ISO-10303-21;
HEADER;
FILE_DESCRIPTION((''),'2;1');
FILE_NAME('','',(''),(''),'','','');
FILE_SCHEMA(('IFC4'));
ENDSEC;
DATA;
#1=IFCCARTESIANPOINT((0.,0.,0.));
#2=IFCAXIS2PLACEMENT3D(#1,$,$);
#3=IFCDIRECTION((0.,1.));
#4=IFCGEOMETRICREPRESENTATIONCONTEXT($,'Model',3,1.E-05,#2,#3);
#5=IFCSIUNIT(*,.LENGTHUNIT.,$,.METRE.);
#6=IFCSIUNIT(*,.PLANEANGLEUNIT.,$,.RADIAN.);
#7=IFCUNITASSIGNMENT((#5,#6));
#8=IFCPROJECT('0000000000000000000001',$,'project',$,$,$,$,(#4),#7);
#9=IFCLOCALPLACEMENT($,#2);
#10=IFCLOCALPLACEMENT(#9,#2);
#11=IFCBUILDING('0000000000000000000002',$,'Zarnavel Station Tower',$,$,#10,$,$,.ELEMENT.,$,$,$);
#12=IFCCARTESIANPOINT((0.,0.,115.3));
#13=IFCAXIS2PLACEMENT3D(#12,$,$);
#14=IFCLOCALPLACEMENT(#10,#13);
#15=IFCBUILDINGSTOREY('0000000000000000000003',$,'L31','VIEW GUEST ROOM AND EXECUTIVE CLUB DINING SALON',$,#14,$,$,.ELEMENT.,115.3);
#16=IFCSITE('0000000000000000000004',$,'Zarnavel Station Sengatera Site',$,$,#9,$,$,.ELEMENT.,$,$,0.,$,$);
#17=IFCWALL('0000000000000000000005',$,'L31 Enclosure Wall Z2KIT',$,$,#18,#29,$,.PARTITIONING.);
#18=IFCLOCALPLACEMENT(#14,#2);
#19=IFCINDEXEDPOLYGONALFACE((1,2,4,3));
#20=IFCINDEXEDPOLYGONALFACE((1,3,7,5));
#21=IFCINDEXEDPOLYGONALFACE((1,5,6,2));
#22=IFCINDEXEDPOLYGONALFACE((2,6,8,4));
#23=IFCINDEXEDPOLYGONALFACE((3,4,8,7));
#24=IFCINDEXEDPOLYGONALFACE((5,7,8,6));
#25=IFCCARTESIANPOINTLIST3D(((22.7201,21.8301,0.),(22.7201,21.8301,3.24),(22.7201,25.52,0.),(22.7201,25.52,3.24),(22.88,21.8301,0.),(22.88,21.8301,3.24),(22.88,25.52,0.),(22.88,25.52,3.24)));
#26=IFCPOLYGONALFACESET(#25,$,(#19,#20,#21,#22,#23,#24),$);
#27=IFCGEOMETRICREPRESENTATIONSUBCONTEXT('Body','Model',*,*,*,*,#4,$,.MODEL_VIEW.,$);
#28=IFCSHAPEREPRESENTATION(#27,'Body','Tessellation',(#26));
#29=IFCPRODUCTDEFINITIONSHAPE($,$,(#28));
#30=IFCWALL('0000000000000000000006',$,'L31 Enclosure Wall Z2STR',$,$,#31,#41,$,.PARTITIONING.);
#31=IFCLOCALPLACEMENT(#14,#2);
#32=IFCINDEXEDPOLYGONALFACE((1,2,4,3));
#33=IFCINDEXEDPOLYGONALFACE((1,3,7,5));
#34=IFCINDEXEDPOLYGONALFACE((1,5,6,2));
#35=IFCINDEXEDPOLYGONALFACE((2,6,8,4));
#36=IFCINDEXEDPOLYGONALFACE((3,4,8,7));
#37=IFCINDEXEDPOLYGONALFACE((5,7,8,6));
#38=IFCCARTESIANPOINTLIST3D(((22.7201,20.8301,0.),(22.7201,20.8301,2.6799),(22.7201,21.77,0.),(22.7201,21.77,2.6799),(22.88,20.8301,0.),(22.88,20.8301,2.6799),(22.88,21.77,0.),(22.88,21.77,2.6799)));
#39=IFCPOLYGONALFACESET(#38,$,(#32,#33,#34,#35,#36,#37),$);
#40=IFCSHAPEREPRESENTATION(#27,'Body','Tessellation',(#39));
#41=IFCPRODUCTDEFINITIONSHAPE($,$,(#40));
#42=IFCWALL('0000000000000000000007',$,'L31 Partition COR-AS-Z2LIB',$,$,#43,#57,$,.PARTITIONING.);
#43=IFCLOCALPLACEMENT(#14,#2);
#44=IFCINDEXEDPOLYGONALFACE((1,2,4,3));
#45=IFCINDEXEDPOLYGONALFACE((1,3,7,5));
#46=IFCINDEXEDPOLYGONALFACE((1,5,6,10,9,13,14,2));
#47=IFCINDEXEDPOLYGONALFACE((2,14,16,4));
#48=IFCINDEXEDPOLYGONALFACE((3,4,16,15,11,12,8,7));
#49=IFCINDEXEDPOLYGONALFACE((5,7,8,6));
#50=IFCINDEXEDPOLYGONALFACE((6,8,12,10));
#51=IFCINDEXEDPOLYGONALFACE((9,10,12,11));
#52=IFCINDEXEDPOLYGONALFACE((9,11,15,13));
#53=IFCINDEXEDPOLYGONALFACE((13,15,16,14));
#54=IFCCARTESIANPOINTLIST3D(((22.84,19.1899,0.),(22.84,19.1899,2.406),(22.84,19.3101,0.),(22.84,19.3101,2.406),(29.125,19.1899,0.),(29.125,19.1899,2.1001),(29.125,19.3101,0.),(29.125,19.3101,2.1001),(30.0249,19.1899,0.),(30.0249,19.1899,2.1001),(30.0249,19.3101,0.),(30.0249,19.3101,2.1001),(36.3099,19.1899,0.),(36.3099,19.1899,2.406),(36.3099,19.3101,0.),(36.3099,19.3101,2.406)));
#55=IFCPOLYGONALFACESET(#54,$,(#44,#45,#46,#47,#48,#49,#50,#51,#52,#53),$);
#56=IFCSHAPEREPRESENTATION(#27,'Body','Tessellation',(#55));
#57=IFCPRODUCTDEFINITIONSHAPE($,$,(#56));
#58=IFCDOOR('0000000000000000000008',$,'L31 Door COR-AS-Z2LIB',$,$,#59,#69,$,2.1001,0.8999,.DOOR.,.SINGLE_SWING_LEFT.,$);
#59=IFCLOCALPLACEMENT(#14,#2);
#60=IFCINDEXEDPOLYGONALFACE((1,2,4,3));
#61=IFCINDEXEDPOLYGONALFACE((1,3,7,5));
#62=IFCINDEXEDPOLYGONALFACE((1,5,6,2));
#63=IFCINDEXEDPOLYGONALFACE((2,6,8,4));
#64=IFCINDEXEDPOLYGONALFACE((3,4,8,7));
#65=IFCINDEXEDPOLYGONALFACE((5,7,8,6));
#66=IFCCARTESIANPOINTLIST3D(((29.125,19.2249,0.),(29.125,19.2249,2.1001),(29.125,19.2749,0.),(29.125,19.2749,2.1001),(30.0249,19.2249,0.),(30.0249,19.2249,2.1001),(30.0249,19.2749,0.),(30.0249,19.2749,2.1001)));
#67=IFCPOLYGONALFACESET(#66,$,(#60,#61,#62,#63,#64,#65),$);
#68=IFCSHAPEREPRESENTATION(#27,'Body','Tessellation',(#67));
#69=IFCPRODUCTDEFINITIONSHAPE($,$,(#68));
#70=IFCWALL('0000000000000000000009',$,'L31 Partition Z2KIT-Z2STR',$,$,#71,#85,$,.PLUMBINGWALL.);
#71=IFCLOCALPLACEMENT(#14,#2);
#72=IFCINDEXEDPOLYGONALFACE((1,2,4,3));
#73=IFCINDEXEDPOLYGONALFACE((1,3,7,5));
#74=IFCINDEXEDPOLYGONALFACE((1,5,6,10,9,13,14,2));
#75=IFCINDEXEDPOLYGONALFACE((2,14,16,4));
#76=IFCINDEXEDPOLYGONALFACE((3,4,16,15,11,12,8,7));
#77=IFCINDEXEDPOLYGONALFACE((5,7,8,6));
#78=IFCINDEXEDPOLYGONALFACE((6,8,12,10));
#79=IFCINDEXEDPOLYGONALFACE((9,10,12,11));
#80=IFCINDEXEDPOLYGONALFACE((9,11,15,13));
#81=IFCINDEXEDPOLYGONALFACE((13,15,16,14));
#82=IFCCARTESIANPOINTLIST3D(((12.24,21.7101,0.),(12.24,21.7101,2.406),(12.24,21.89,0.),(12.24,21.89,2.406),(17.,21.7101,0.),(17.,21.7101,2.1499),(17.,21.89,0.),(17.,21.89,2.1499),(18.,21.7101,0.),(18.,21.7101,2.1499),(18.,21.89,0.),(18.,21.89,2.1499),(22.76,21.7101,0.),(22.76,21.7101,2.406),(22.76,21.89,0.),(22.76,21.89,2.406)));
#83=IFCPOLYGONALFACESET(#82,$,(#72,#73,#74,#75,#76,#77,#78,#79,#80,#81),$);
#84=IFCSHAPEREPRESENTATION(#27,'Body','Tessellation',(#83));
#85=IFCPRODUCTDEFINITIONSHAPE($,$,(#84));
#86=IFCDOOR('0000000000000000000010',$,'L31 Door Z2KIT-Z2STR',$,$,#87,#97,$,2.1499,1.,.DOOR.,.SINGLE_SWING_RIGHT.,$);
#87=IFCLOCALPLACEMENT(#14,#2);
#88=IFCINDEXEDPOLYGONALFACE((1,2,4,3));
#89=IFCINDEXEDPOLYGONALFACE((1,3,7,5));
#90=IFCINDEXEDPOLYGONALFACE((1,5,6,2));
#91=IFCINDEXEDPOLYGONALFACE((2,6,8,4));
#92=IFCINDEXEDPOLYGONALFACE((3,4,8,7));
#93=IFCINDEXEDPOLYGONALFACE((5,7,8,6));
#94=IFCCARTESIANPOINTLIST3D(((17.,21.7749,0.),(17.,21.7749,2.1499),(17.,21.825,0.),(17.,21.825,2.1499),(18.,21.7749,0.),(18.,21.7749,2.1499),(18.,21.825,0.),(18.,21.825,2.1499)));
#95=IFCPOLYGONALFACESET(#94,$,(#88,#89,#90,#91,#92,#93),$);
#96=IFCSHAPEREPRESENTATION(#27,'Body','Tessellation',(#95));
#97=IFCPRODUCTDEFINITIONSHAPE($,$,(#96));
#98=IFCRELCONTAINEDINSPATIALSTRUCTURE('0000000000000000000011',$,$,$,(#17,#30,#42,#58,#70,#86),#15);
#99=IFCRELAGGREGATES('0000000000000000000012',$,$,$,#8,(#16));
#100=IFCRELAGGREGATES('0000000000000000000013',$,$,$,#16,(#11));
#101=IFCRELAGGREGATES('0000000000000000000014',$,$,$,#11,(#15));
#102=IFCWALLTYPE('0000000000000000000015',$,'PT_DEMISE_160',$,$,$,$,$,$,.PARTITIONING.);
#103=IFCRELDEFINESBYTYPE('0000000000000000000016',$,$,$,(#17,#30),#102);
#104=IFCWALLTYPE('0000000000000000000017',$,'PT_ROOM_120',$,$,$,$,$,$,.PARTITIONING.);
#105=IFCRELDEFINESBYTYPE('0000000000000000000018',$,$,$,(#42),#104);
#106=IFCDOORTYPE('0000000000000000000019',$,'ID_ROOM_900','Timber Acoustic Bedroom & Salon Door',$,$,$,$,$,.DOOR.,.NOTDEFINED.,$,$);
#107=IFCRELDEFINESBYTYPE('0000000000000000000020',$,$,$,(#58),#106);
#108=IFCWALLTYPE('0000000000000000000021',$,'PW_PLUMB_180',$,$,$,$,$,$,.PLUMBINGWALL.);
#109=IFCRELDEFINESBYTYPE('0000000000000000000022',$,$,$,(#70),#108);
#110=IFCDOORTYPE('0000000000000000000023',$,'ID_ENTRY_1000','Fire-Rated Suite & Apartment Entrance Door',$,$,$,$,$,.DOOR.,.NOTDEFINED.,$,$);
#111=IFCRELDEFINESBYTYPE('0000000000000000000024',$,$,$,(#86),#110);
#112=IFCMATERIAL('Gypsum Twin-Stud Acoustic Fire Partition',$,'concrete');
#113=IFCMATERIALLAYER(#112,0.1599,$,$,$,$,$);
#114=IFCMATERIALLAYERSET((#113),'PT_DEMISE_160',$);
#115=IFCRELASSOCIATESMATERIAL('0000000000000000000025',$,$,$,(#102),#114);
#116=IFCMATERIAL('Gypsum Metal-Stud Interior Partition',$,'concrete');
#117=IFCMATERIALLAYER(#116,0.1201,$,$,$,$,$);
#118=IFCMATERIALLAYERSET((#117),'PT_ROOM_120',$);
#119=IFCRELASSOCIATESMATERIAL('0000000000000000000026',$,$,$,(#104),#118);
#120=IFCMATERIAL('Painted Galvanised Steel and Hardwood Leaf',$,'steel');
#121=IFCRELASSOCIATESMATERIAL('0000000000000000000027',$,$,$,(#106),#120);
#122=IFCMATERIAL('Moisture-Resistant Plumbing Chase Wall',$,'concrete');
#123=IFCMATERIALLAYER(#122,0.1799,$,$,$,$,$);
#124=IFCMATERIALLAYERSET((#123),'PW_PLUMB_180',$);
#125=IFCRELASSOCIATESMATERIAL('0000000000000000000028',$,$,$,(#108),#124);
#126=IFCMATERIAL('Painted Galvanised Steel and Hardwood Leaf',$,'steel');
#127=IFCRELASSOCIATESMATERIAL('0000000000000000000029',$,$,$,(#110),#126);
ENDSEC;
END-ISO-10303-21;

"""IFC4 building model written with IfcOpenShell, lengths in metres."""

from ifc_helpers import new_model, si_unit, direction, frame, frame_2d, origin, place, context, subcontext, project, spatial, rectangle, extrude, material, layer, layer_set, type_object, element, fill, save


model = new_model("IFC4")

# Units and contexts
model_context = context("Model", 3, precision=1e-05, world=origin(), true_north=direction((0.0, 1.0)))
body_context = subcontext(model_context, "Body", "Model", "MODEL_VIEW")
ifc_project = project(units=[si_unit("LENGTHUNIT", "METRE"), si_unit("PLANEANGLEUNIT", "RADIAN")], contexts=[model_context])

# Site, building, storey
site_placement = place(None, origin())
site = spatial("IfcSite", under=ifc_project, at=site_placement, Name="Zarnavel Station Sengatera Site", CompositionType="ELEMENT", RefElevation=0.0)
building_placement = place(site_placement, origin())
building = spatial("IfcBuilding", under=site, at=building_placement, Name="Zarnavel Station Tower", CompositionType="ELEMENT")
storey_placement = place(building_placement, frame((0.0, 0.0, 115.3)))
storey = spatial("IfcBuildingStorey", under=building, at=storey_placement, Name="L31", Description="VIEW GUEST ROOM AND EXECUTIVE CLUB DINING SALON", CompositionType="ELEMENT", Elevation=115.3)

# Walls
ifc_material_1 = material(Name="Gypsum Twin-Stud Acoustic Fire Partition", Category="concrete")
ifc_layer_1 = layer(ifc_material_1, 0.1599)
ifc_layer_set_1 = layer_set([ifc_layer_1], Name="PT_DEMISE_160")
wall_type_1 = type_object("IfcWallType", Name="PT_DEMISE_160", PredefinedType="PARTITIONING", material=ifc_layer_set_1)
wall_1_placement = place(storey_placement, frame((22.8, 21.8301, 0.0), z_axis=(0.0, 0.0, 1.0), x_axis=(0.0, 1.0, 0.0)))
element("IfcWall", 1, at=wall_1_placement, inside=storey, type_object=wall_type_1, Name="L31 Enclosure Wall Z2KIT", PredefinedType="PARTITIONING", context=body_context, shape_type="SweptSolid", body=[
    extrude(rectangle(XDim=3.6899, YDim=0.1599, at=frame_2d((1.845, 0.0))), origin(), (0.0, 0.0, 1.0), 3.24),
])
wall_2_placement = place(storey_placement, frame((22.8, 20.8301, 0.0), z_axis=(0.0, 0.0, 1.0), x_axis=(0.0, 1.0, 0.0)))
element("IfcWall", 2, at=wall_2_placement, inside=storey, type_object=wall_type_1, Name="L31 Enclosure Wall Z2STR", PredefinedType="PARTITIONING", context=body_context, shape_type="SweptSolid", body=[
    extrude(rectangle(XDim=0.9399, YDim=0.1599, at=frame_2d((0.47, 0.0))), origin(), (0.0, 0.0, 1.0), 2.6799),
])

# Walls, openings, doors
ifc_material_2 = material(Name="Gypsum Metal-Stud Interior Partition", Category="concrete")
ifc_layer_2 = layer(ifc_material_2, 0.1201)
ifc_layer_set_2 = layer_set([ifc_layer_2], Name="PT_ROOM_120")
wall_type_2 = type_object("IfcWallType", Name="PT_ROOM_120", PredefinedType="PARTITIONING", material=ifc_layer_set_2)
wall_3_placement = place(storey_placement, frame((22.8401, 19.25, 0.0), z_axis=(0.0, 0.0, 1.0), x_axis=(1.0, 0.0, 0.0)))
wall_3 = element("IfcWall", 3, at=wall_3_placement, inside=storey, type_object=wall_type_2, Name="L31 Partition COR-AS-Z2LIB", PredefinedType="PARTITIONING", context=body_context, shape_type="SweptSolid", body=[
    extrude(rectangle(XDim=13.47, YDim=0.1201, at=frame_2d((6.7349, 0.0))), origin(), (0.0, 0.0, 1.0), 2.406),
])
opening_1_placement = place(wall_3_placement, frame((6.2849, 0.0, 0.0)))
opening_1 = element("IfcOpeningElement", 4, at=opening_1_placement, cuts=wall_3, PredefinedType="OPENING", context=body_context, shape_type="SweptSolid", body=[
    extrude(rectangle(XDim=0.8999, YDim=2.1001, at=frame_2d((0.45, 1.05))), frame((0.0, 0.0701, 0.0), z_axis=(0.0, -1.0, 0.0), x_axis=(1.0, 0.0, 0.0)), (0.0, 0.0, 1.0), 0.1401),
])
ifc_material_3 = material(Name="Painted Galvanised Steel and Hardwood Leaf", Category="steel")
door_type_1 = type_object("IfcDoorType", Name="ID_ROOM_900", Description="Timber Acoustic Bedroom & Salon Door", OperationType="NOTDEFINED", PredefinedType="DOOR", material=ifc_material_3)
door_1_placement = place(opening_1_placement, origin())
door_1 = element("IfcDoor", 5, at=door_1_placement, inside=storey, type_object=door_type_1, Name="L31 Door COR-AS-Z2LIB", OperationType="SINGLE_SWING_LEFT", OverallHeight=2.1001, OverallWidth=0.8999, PredefinedType="DOOR", context=body_context, shape_type="SweptSolid", body=[
    extrude(rectangle(XDim=0.8999, YDim=2.1001, at=frame_2d((0.45, 1.05))), frame((0.0, 0.0249, 0.0), z_axis=(0.0, -1.0, 0.0), x_axis=(1.0, 0.0, 0.0)), (0.0, 0.0, 1.0), 0.05),
])
fill(opening_1, door_1)
ifc_material_4 = material(Name="Moisture-Resistant Plumbing Chase Wall", Category="concrete")
ifc_layer_3 = layer(ifc_material_4, 0.1799)
ifc_layer_set_3 = layer_set([ifc_layer_3], Name="PW_PLUMB_180")
wall_type_3 = type_object("IfcWallType", Name="PW_PLUMB_180", PredefinedType="PLUMBINGWALL", material=ifc_layer_set_3)
wall_4_placement = place(storey_placement, frame((12.24, 21.8, 0.0), z_axis=(0.0, 0.0, 1.0), x_axis=(1.0, 0.0, 0.0)))
wall_4 = element("IfcWall", 6, at=wall_4_placement, inside=storey, type_object=wall_type_3, Name="L31 Partition Z2KIT-Z2STR", PredefinedType="PLUMBINGWALL", context=body_context, shape_type="SweptSolid", body=[
    extrude(rectangle(XDim=10.52, YDim=0.1799, at=frame_2d((5.26, 0.0))), origin(), (0.0, 0.0, 1.0), 2.406),
])
opening_2_placement = place(wall_4_placement, frame((4.76, 0.0, 0.0)))
opening_2 = element("IfcOpeningElement", 7, at=opening_2_placement, cuts=wall_4, PredefinedType="OPENING", context=body_context, shape_type="SweptSolid", body=[
    extrude(rectangle(XDim=1.0, YDim=2.1499, at=frame_2d((0.5, 1.075))), frame((0.0, 0.0999, 0.0), z_axis=(0.0, -1.0, 0.0), x_axis=(1.0, 0.0, 0.0)), (0.0, 0.0, 1.0), 0.2),
])
ifc_material_5 = material(Name="Painted Galvanised Steel and Hardwood Leaf", Category="steel")
door_type_2 = type_object("IfcDoorType", Name="ID_ENTRY_1000", Description="Fire-Rated Suite & Apartment Entrance Door", OperationType="NOTDEFINED", PredefinedType="DOOR", material=ifc_material_5)
door_2_placement = place(opening_2_placement, origin())
door_2 = element("IfcDoor", 8, at=door_2_placement, inside=storey, type_object=door_type_2, Name="L31 Door Z2KIT-Z2STR", OperationType="SINGLE_SWING_RIGHT", OverallHeight=2.1499, OverallWidth=1.0, PredefinedType="DOOR", context=body_context, shape_type="SweptSolid", body=[
    extrude(rectangle(XDim=1.0, YDim=2.1499, at=frame_2d((0.5, 1.075))), frame((0.0, 0.0249, 0.0), z_axis=(0.0, -1.0, 0.0), x_axis=(1.0, 0.0, 0.0)), (0.0, 0.0, 1.0), 0.05),
])
fill(opening_2, door_2)

save(model, "model.ifc")
